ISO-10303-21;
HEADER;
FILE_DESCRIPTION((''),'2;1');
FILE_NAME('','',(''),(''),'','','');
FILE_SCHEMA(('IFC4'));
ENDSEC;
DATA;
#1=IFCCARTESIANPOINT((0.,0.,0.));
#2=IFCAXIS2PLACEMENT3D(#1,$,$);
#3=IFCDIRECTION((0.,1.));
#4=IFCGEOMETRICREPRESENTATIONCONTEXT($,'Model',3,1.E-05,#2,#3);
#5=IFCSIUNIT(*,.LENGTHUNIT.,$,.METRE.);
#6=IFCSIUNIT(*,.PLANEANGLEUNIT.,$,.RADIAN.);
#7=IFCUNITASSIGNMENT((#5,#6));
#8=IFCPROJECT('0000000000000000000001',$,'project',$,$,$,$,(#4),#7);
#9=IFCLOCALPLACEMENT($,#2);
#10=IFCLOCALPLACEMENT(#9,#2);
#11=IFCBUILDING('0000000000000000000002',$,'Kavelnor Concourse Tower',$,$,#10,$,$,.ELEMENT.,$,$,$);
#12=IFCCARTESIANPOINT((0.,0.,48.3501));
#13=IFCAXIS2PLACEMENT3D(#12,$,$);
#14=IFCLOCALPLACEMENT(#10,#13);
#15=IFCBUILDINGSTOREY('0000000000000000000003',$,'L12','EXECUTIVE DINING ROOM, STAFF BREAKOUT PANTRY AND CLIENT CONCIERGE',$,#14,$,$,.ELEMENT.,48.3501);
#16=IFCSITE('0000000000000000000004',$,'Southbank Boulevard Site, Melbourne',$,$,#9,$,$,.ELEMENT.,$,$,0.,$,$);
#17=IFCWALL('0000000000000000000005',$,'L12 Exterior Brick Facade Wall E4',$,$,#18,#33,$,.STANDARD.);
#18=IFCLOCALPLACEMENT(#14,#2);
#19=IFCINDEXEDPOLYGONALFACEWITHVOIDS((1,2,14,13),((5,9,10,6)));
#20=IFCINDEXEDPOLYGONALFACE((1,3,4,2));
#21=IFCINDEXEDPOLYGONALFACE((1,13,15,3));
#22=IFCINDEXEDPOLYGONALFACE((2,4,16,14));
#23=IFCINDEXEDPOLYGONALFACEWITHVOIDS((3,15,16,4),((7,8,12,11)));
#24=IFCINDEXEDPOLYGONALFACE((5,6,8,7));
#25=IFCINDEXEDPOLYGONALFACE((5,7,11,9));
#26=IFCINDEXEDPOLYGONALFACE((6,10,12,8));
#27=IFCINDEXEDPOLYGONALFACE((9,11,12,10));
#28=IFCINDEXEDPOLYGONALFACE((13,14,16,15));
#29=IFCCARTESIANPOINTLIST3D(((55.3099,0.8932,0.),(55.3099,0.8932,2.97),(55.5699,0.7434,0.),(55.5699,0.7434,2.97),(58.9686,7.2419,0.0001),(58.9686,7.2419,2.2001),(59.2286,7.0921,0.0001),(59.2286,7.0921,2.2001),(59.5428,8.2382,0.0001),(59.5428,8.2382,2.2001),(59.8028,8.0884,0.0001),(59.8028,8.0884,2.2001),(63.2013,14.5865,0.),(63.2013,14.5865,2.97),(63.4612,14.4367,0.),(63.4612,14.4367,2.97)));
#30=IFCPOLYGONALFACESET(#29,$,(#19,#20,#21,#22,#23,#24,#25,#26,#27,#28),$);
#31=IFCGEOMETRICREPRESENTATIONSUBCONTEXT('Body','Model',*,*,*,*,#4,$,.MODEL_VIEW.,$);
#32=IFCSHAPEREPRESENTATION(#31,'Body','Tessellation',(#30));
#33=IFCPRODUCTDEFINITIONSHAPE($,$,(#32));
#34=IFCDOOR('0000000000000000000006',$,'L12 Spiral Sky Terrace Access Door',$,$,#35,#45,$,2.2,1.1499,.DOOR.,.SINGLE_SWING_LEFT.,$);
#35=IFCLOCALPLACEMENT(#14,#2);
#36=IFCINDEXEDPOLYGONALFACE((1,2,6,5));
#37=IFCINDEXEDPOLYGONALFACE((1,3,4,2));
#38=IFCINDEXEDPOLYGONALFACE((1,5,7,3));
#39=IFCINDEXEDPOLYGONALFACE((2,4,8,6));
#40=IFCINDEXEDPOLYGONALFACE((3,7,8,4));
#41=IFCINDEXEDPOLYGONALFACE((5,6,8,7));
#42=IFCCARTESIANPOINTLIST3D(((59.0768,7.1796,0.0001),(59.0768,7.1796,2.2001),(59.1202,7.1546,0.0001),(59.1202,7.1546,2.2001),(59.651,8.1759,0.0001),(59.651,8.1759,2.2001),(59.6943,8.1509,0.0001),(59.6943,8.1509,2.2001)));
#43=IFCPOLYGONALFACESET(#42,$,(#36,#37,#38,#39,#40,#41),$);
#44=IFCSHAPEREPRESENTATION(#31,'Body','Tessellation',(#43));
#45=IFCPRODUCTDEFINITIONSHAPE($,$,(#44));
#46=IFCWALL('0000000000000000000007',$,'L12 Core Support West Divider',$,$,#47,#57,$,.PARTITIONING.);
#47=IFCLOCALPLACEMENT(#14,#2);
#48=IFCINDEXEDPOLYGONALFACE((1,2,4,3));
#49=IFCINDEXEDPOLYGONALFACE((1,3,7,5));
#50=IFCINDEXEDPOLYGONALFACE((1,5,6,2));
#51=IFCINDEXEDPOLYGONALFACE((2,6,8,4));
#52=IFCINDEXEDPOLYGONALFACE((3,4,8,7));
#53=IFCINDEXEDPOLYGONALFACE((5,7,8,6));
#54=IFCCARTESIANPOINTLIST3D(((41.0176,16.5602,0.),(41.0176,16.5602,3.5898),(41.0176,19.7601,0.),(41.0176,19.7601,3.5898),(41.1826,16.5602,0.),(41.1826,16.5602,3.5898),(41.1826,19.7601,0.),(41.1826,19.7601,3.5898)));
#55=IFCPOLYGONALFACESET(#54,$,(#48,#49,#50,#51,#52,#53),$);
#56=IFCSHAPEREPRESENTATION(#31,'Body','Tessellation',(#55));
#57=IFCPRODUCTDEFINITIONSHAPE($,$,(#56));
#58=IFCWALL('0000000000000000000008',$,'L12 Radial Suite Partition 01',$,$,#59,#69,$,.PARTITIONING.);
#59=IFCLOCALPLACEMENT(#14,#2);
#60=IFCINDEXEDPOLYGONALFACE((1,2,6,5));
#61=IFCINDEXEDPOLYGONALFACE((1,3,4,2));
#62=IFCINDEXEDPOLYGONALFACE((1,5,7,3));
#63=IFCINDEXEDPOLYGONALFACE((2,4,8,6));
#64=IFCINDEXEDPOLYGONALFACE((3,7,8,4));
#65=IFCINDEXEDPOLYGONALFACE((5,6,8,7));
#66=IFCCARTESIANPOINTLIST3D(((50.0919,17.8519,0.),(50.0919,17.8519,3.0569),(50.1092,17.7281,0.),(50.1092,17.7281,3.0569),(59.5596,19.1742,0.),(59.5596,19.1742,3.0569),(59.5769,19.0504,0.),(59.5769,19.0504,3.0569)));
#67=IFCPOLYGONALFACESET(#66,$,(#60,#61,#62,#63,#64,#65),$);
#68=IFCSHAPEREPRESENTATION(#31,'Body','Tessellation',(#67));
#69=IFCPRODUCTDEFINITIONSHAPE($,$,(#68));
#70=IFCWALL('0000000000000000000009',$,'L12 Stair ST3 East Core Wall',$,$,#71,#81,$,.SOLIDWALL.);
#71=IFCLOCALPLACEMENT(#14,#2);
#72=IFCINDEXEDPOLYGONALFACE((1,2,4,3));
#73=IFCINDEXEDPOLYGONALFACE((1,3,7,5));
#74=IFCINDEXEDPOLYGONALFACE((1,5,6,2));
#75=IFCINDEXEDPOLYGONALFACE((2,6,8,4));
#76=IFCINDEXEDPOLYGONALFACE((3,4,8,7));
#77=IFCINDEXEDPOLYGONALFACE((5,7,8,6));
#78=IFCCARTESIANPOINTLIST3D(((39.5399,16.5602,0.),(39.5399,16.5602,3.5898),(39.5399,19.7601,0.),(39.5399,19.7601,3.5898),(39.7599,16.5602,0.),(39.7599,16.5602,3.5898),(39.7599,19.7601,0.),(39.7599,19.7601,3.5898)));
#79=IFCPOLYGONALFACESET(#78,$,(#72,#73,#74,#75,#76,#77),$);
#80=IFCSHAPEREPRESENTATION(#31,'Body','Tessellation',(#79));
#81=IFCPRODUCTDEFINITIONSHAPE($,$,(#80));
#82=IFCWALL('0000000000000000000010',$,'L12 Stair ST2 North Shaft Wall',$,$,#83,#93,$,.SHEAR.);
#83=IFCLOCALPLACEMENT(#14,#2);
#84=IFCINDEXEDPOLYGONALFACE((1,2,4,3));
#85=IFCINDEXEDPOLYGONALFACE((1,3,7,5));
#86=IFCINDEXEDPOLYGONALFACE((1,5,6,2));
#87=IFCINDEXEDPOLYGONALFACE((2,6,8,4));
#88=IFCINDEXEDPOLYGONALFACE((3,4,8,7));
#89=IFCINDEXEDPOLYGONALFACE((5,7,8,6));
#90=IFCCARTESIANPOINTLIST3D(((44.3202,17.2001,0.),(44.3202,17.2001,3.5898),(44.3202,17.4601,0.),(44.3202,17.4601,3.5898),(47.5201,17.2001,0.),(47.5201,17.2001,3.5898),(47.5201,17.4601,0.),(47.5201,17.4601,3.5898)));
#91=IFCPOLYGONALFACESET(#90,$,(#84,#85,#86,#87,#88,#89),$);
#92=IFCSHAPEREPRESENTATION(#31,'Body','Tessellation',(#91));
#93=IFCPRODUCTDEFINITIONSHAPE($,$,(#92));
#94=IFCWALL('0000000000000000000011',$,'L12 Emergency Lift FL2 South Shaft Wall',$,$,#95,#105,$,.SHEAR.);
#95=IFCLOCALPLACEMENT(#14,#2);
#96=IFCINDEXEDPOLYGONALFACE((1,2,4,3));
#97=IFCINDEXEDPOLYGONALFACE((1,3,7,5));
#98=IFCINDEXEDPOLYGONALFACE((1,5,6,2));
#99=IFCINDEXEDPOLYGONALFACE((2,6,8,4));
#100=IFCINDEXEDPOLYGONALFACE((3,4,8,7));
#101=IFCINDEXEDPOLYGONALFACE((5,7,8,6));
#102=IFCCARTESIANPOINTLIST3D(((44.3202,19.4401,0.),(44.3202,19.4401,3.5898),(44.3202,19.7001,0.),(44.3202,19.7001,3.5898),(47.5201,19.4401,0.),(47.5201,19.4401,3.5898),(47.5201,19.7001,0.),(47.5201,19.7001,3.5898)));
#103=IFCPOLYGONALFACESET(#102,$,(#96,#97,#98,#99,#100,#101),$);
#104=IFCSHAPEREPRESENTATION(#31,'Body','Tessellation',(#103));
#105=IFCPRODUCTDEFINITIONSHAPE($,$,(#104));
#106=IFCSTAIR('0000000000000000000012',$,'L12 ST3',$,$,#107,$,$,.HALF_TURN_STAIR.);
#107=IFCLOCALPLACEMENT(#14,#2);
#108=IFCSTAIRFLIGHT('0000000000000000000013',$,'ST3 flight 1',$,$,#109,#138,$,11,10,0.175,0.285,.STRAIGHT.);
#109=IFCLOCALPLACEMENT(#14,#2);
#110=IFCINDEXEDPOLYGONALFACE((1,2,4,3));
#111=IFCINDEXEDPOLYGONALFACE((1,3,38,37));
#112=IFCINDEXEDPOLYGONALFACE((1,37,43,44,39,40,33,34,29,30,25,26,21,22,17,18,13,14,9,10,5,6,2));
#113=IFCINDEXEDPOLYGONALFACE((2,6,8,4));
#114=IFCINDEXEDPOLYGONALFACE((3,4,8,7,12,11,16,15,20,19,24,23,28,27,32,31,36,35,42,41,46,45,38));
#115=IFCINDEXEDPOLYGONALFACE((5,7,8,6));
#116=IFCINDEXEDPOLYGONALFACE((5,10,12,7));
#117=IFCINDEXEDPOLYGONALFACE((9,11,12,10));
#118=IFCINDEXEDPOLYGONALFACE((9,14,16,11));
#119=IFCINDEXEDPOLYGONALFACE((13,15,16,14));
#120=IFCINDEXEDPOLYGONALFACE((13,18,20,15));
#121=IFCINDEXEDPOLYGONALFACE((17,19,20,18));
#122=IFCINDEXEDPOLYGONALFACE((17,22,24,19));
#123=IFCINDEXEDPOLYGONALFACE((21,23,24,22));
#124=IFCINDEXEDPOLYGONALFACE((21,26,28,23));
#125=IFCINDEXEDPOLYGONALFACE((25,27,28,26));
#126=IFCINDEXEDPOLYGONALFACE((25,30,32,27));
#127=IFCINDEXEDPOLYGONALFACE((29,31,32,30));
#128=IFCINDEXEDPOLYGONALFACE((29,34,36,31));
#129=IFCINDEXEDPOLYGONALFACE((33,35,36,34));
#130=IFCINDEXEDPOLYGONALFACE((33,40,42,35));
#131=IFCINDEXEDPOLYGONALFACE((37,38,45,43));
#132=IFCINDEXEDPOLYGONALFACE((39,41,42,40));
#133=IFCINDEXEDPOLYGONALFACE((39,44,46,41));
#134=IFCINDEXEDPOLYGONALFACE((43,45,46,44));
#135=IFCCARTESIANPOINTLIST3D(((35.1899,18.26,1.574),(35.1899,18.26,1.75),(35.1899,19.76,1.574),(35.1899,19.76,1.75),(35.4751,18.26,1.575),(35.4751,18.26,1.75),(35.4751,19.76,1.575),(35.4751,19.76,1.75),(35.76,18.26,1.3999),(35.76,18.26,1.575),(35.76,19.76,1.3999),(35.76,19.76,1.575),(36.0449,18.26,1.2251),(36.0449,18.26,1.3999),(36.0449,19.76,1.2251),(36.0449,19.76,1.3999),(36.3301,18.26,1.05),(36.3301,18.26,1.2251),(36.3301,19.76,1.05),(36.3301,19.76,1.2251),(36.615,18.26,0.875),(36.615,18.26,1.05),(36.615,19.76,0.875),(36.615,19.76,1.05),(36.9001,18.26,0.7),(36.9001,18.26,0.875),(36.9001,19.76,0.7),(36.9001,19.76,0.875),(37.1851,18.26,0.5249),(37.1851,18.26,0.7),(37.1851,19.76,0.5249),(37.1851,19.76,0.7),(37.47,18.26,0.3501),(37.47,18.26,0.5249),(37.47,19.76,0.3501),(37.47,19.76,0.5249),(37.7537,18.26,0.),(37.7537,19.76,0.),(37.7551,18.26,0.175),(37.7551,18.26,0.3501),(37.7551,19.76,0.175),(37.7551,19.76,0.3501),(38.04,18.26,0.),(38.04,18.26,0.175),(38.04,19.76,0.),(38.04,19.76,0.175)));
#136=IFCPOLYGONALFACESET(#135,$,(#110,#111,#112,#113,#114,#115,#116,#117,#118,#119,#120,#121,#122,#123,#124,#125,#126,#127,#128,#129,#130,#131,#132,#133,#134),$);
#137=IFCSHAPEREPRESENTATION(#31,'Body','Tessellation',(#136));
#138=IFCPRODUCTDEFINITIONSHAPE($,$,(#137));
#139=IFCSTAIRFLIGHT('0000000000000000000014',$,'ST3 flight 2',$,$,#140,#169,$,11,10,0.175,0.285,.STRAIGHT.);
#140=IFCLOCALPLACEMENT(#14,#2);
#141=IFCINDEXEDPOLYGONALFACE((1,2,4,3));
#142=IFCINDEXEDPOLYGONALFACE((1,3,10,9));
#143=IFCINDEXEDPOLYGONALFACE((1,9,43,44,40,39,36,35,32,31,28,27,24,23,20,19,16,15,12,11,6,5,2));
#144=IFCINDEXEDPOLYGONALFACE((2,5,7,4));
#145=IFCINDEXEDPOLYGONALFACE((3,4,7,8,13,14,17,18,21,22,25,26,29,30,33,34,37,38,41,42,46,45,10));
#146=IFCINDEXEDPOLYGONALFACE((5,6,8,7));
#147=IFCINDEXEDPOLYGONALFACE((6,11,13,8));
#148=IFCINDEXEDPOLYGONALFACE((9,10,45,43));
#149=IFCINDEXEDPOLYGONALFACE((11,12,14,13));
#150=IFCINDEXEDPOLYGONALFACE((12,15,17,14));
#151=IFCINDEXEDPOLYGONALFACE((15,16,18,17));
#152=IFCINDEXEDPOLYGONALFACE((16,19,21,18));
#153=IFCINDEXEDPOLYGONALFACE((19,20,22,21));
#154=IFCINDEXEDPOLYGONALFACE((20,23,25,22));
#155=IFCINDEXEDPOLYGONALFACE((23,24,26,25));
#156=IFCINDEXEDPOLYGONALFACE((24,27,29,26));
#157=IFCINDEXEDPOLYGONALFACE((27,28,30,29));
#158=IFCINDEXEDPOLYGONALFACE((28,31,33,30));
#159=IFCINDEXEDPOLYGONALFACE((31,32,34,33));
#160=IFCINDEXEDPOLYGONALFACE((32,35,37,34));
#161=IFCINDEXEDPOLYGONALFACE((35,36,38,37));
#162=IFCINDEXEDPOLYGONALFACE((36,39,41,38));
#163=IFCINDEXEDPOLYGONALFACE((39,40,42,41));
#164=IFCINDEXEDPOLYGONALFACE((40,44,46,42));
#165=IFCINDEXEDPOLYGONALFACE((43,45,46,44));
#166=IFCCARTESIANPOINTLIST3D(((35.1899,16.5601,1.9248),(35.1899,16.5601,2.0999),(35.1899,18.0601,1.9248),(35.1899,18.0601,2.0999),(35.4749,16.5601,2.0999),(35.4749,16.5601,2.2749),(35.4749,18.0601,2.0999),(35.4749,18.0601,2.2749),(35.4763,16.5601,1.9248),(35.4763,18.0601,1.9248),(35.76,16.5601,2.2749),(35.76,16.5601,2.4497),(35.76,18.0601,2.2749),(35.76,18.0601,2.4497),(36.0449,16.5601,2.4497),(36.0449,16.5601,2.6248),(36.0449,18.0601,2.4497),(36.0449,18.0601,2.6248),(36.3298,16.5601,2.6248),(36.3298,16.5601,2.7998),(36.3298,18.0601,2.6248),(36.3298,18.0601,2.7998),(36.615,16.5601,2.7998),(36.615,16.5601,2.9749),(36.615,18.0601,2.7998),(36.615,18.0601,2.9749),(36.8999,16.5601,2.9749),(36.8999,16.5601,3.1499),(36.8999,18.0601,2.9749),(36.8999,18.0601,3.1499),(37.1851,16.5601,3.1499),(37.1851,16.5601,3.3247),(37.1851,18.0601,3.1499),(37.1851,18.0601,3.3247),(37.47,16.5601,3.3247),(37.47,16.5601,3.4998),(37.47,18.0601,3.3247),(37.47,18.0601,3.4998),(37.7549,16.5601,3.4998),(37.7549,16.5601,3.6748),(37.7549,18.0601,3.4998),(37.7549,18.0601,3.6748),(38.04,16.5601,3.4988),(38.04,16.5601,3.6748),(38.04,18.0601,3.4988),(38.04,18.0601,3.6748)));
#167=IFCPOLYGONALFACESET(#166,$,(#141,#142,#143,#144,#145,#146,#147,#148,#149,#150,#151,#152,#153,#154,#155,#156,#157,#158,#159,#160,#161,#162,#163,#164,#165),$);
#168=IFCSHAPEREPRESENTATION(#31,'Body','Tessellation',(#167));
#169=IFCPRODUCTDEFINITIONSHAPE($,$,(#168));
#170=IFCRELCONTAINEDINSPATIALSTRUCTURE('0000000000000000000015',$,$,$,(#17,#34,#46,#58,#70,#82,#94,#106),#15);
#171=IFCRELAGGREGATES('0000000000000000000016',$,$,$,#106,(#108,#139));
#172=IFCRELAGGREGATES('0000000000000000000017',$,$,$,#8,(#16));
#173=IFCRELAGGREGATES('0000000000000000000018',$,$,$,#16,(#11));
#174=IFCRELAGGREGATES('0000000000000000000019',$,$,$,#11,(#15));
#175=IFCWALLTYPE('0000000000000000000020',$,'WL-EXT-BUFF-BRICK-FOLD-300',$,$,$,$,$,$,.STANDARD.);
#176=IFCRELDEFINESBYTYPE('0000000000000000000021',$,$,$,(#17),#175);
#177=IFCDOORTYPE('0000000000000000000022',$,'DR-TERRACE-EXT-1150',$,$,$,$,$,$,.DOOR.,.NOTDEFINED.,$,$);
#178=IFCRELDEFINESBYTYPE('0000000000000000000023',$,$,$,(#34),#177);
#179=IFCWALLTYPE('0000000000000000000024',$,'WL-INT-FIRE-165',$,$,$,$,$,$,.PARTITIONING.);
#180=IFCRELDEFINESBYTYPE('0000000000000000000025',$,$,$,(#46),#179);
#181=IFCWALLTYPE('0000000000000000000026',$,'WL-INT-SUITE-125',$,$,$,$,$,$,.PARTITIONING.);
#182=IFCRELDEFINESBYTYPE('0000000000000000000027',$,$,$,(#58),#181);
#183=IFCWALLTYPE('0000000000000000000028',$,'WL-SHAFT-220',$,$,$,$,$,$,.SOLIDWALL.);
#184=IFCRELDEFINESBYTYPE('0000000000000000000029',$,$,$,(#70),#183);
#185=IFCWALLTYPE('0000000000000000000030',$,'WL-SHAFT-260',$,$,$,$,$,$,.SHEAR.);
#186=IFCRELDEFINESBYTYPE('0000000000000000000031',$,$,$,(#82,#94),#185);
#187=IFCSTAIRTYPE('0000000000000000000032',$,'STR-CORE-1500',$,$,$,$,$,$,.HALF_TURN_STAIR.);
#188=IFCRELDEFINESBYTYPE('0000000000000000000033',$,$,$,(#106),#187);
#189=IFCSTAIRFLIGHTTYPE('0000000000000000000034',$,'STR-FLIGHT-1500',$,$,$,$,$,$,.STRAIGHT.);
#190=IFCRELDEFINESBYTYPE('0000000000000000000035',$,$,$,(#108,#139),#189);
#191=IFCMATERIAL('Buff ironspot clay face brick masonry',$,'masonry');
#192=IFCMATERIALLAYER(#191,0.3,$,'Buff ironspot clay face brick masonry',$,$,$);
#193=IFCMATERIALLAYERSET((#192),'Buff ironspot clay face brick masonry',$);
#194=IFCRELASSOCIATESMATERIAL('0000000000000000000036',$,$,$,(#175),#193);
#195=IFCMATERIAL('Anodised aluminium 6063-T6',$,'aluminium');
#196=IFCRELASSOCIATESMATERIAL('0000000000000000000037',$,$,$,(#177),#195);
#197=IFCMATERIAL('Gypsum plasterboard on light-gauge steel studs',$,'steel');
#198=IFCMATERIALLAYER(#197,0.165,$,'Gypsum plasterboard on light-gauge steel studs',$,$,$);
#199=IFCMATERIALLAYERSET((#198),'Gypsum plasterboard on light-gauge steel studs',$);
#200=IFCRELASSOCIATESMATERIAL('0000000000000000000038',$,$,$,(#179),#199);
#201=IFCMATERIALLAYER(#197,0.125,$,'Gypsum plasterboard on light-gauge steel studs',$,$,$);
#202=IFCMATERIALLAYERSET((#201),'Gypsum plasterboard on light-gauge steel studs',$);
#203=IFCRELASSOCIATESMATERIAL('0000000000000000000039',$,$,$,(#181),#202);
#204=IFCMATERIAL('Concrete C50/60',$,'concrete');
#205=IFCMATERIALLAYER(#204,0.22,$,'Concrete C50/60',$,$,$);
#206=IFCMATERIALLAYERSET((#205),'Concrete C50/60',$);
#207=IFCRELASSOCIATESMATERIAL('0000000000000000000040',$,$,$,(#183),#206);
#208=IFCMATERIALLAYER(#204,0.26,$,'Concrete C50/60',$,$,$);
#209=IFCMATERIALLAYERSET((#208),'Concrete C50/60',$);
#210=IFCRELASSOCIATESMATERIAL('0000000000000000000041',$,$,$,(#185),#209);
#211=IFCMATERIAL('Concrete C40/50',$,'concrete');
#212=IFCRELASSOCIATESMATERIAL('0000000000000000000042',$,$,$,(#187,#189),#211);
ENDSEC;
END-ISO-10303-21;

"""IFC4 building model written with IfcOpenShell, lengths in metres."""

from ifc_helpers import new_model, si_unit, direction, frame, frame_2d, origin, place, context, subcontext, project, spatial, polyline, rectangle, outline, extrude, material, layer, layer_set, type_object, element, fill, aggregate, save


model = new_model("IFC4")

# Units and contexts
model_context = context("Model", 3, precision=1e-05, world=origin(), true_north=direction((0.0, 1.0)))
body_context = subcontext(model_context, "Body", "Model", "MODEL_VIEW")
ifc_project = project(units=[si_unit("LENGTHUNIT", "METRE"), si_unit("PLANEANGLEUNIT", "RADIAN")], contexts=[model_context])

# Site, building, storey
site_placement = place(None, origin())
site = spatial("IfcSite", under=ifc_project, at=site_placement, Name="Southbank Boulevard Site, Melbourne", CompositionType="ELEMENT", RefElevation=0.0)
building_placement = place(site_placement, origin())
building = spatial("IfcBuilding", under=site, at=building_placement, Name="Kavelnor Concourse Tower", CompositionType="ELEMENT")
storey_placement = place(building_placement, frame((0.0, 0.0, 48.3501)))
storey = spatial("IfcBuildingStorey", under=building, at=storey_placement, Name="L12", Description="EXECUTIVE DINING ROOM, STAFF BREAKOUT PANTRY AND CLIENT CONCIERGE", CompositionType="ELEMENT", Elevation=48.3501)

# Wall, opening, door
ifc_material_1 = material(Name="Buff ironspot clay face brick masonry", Category="masonry")
ifc_layer_1 = layer(ifc_material_1, 0.3, Name="Buff ironspot clay face brick masonry")
ifc_layer_set_1 = layer_set([ifc_layer_1], Name="Buff ironspot clay face brick masonry")
wall_type_1 = type_object("IfcWallType", Name="WL-EXT-BUFF-BRICK-FOLD-300", PredefinedType="STANDARD", material=ifc_layer_set_1)
wall_1_placement = place(storey_placement, frame((63.3313, 14.5117, 0.0), z_axis=(0.0, 0.0, 1.0), x_axis=(-0.499311, -0.866423, 0.0)))
wall_1 = element("IfcWall", 1, at=wall_1_placement, inside=storey, type_object=wall_type_1, Name="L12 Exterior Brick Facade Wall E4", PredefinedType="STANDARD", context=body_context, shape_type="SweptSolid", body=[
    extrude(rectangle(XDim=15.8044, YDim=0.3, at=frame_2d((7.9023, 0.0))), origin(), (0.0, 0.0, 1.0), 2.97),
])
opening_placement = place(wall_1_placement, frame((7.3271, 0.0, 0.0)))
opening = element("IfcOpeningElement", 2, at=opening_placement, cuts=wall_1, PredefinedType="OPENING", context=body_context, shape_type="SweptSolid", body=[
    extrude(rectangle(XDim=1.1499, YDim=2.2, at=frame_2d((0.575, 1.1001))), frame((0.0, 0.1602, 0.0), z_axis=(0.0, -1.0, 0.0), x_axis=(1.0, 0.0, 0.0)), (0.0, 0.0, 1.0), 0.3201),
])
ifc_material_2 = material(Name="Anodised aluminium 6063-T6", Category="aluminium")
door_type = type_object("IfcDoorType", Name="DR-TERRACE-EXT-1150", OperationType="NOTDEFINED", PredefinedType="DOOR", material=ifc_material_2)
door_placement = place(opening_placement, origin())
door = element("IfcDoor", 3, at=door_placement, inside=storey, type_object=door_type, Name="L12 Spiral Sky Terrace Access Door", OperationType="SINGLE_SWING_LEFT", OverallHeight=2.2, OverallWidth=1.1499, PredefinedType="DOOR", context=body_context, shape_type="SweptSolid", body=[
    extrude(rectangle(XDim=1.1499, YDim=2.2, at=frame_2d((0.575, 1.1001))), frame((0.0, 0.0249, 0.0), z_axis=(0.0, -1.0, 0.0), x_axis=(1.0, 0.0, 0.0)), (0.0, 0.0, 1.0), 0.05),
])
fill(opening, door)

# Walls
ifc_material_3 = material(Name="Gypsum plasterboard on light-gauge steel studs", Category="steel")
ifc_layer_2 = layer(ifc_material_3, 0.165, Name="Gypsum plasterboard on light-gauge steel studs")
ifc_layer_set_2 = layer_set([ifc_layer_2], Name="Gypsum plasterboard on light-gauge steel studs")
wall_type_2 = type_object("IfcWallType", Name="WL-INT-FIRE-165", PredefinedType="PARTITIONING", material=ifc_layer_set_2)
wall_2_placement = place(storey_placement, frame((41.1001, 16.5601, 0.0), z_axis=(0.0, 0.0, 1.0), x_axis=(0.0, 1.0, 0.0)))
element("IfcWall", 4, at=wall_2_placement, inside=storey, type_object=wall_type_2, Name="L12 Core Support West Divider", PredefinedType="PARTITIONING", context=body_context, shape_type="SweptSolid", body=[
    extrude(rectangle(XDim=3.2, YDim=0.165, at=frame_2d((1.6001, 0.0))), origin(), (0.0, 0.0, 1.0), 3.5898),
])
ifc_layer_3 = layer(ifc_material_3, 0.125, Name="Gypsum plasterboard on light-gauge steel studs")
ifc_layer_set_3 = layer_set([ifc_layer_3], Name="Gypsum plasterboard on light-gauge steel studs")
wall_type_3 = type_object("IfcWallType", Name="WL-INT-SUITE-125", PredefinedType="PARTITIONING", material=ifc_layer_set_3)
wall_3_placement = place(storey_placement, frame((50.1006, 17.79, 0.0), z_axis=(0.0, 0.0, 1.0), x_axis=(0.990388, 0.138317, 0.0)))
element("IfcWall", 5, at=wall_3_placement, inside=storey, type_object=wall_type_3, Name="L12 Radial Suite Partition 01", PredefinedType="PARTITIONING", context=body_context, shape_type="SweptSolid", body=[
    extrude(rectangle(XDim=9.5596, YDim=0.125, at=frame_2d((4.7798, 0.0))), origin(), (0.0, 0.0, 1.0), 3.0569),
])
ifc_material_4 = material(Name="Concrete C50/60", Category="concrete")
ifc_layer_4 = layer(ifc_material_4, 0.22, Name="Concrete C50/60")
ifc_layer_set_4 = layer_set([ifc_layer_4], Name="Concrete C50/60")
wall_type_4 = type_object("IfcWallType", Name="WL-SHAFT-220", PredefinedType="SOLIDWALL", material=ifc_layer_set_4)
wall_4_placement = place(storey_placement, frame((39.6499, 16.5601, 0.0), z_axis=(0.0, 0.0, 1.0), x_axis=(0.0, 1.0, 0.0)))
element("IfcWall", 6, at=wall_4_placement, inside=storey, type_object=wall_type_4, Name="L12 Stair ST3 East Core Wall", PredefinedType="SOLIDWALL", context=body_context, shape_type="SweptSolid", body=[
    extrude(rectangle(XDim=3.2, YDim=0.22, at=frame_2d((1.6001, 0.0))), origin(), (0.0, 0.0, 1.0), 3.5898),
])
ifc_layer_5 = layer(ifc_material_4, 0.26, Name="Concrete C50/60")
ifc_layer_set_5 = layer_set([ifc_layer_5], Name="Concrete C50/60")
wall_type_5 = type_object("IfcWallType", Name="WL-SHAFT-260", PredefinedType="SHEAR", material=ifc_layer_set_5)
for number, where, z_axis, x_axis, name in (
    (7, (44.3201, 17.3301, 0.0), (0.0, 0.0, 1.0), (1.0, 0.0, 0.0), "L12 Stair ST2 North Shaft Wall"),
    (8, (44.3201, 19.5701, 0.0), (0.0, 0.0, 1.0), (1.0, 0.0, 0.0), "L12 Emergency Lift FL2 South Shaft Wall"),
):
    element("IfcWall", number, at=place(storey_placement, frame(where, z_axis=z_axis, x_axis=x_axis)), inside=storey, type_object=wall_type_5, Name=name, PredefinedType="SHEAR", context=body_context, shape_type="SweptSolid", body=[
        extrude(rectangle(XDim=3.2, YDim=0.26, at=frame_2d((1.6001, 0.0))), origin(), (0.0, 0.0, 1.0), 3.5898),
    ])

# Stair, stair flights
ifc_material_5 = material(Name="Concrete C40/50", Category="concrete")
stair_type = type_object("IfcStairType", Name="STR-CORE-1500", PredefinedType="HALF_TURN_STAIR", material=ifc_material_5)
stair_placement = place(storey_placement, origin())
stair = element("IfcStair", 9, at=stair_placement, inside=storey, type_object=stair_type, Name="L12 ST3", PredefinedType="HALF_TURN_STAIR")
stair_flight_type = type_object("IfcStairFlightType", Name="STR-FLIGHT-1500", PredefinedType="STRAIGHT", material=ifc_material_5)
stair_flight_1_placement = place(storey_placement, frame((38.04, 19.01, 0.0), z_axis=(0.0, 0.0, 1.0), x_axis=(-1.0, 0.0, 0.0)))
stair_flight_1 = element("IfcStairFlight", 10, at=stair_flight_1_placement, type_object=stair_flight_type, Name="ST3 flight 1", NumberOfRisers=11, NumberOfTreads=10, PredefinedType="STRAIGHT", RiserHeight=0.175, TreadLength=0.285, context=body_context, shape_type="SweptSolid", body=[
    extrude(outline(polyline([(0.0, 0.0), (0.0, 0.175), (0.2849, 0.175), (0.2849, 0.3501), (0.5701, 0.3501), (0.5701, 0.5249), (0.855, 0.5249), (0.855, 0.7), (1.1399, 0.7), (1.1399, 0.875), (1.425, 0.875), (1.425, 1.05), (1.71, 1.05), (1.71, 1.2251), (1.9951, 1.2251), (1.9951, 1.3999), (2.28, 1.3999), (2.28, 1.575), (2.5649, 1.575), (2.5649, 1.75), (2.8501, 1.75), (2.8501, 1.925), (2.8501, 1.574), (0.2864, 0.0), (0.0, 0.0)])), frame((0.0, 0.75, 0.0), z_axis=(0.0, -1.0, 0.0), x_axis=(1.0, 0.0, 0.0)), (0.0, 0.0, 1.0), 1.5),
])
stair_flight_2_placement = place(storey_placement, frame((35.1899, 17.3101, 1.9248), z_axis=(0.0, 0.0, 1.0), x_axis=(1.0, 0.0, 0.0)))
stair_flight_2 = element("IfcStairFlight", 11, at=stair_flight_2_placement, type_object=stair_flight_type, Name="ST3 flight 2", NumberOfRisers=11, NumberOfTreads=10, PredefinedType="STRAIGHT", RiserHeight=0.175, TreadLength=0.285, context=body_context, shape_type="SweptSolid", body=[
    extrude(outline(polyline([(0.0, 0.0), (0.0, 0.175), (0.2849, 0.175), (0.2849, 0.3501), (0.5701, 0.3501), (0.5701, 0.5249), (0.855, 0.5249), (0.855, 0.7), (1.1399, 0.7), (1.1399, 0.875), (1.425, 0.875), (1.425, 1.05), (1.71, 1.05), (1.71, 1.2251), (1.9951, 1.2251), (1.9951, 1.3999), (2.28, 1.3999), (2.28, 1.575), (2.5649, 1.575), (2.5649, 1.75), (2.8501, 1.75), (2.8501, 1.925), (2.8501, 1.574), (0.2864, 0.0), (0.0, 0.0)])), frame((0.0, 0.75, 0.0), z_axis=(0.0, -1.0, 0.0), x_axis=(1.0, 0.0, 0.0)), (0.0, 0.0, 1.0), 1.5),
])
aggregate(stair, [stair_flight_1, stair_flight_2])

save(model, "model.ifc")
